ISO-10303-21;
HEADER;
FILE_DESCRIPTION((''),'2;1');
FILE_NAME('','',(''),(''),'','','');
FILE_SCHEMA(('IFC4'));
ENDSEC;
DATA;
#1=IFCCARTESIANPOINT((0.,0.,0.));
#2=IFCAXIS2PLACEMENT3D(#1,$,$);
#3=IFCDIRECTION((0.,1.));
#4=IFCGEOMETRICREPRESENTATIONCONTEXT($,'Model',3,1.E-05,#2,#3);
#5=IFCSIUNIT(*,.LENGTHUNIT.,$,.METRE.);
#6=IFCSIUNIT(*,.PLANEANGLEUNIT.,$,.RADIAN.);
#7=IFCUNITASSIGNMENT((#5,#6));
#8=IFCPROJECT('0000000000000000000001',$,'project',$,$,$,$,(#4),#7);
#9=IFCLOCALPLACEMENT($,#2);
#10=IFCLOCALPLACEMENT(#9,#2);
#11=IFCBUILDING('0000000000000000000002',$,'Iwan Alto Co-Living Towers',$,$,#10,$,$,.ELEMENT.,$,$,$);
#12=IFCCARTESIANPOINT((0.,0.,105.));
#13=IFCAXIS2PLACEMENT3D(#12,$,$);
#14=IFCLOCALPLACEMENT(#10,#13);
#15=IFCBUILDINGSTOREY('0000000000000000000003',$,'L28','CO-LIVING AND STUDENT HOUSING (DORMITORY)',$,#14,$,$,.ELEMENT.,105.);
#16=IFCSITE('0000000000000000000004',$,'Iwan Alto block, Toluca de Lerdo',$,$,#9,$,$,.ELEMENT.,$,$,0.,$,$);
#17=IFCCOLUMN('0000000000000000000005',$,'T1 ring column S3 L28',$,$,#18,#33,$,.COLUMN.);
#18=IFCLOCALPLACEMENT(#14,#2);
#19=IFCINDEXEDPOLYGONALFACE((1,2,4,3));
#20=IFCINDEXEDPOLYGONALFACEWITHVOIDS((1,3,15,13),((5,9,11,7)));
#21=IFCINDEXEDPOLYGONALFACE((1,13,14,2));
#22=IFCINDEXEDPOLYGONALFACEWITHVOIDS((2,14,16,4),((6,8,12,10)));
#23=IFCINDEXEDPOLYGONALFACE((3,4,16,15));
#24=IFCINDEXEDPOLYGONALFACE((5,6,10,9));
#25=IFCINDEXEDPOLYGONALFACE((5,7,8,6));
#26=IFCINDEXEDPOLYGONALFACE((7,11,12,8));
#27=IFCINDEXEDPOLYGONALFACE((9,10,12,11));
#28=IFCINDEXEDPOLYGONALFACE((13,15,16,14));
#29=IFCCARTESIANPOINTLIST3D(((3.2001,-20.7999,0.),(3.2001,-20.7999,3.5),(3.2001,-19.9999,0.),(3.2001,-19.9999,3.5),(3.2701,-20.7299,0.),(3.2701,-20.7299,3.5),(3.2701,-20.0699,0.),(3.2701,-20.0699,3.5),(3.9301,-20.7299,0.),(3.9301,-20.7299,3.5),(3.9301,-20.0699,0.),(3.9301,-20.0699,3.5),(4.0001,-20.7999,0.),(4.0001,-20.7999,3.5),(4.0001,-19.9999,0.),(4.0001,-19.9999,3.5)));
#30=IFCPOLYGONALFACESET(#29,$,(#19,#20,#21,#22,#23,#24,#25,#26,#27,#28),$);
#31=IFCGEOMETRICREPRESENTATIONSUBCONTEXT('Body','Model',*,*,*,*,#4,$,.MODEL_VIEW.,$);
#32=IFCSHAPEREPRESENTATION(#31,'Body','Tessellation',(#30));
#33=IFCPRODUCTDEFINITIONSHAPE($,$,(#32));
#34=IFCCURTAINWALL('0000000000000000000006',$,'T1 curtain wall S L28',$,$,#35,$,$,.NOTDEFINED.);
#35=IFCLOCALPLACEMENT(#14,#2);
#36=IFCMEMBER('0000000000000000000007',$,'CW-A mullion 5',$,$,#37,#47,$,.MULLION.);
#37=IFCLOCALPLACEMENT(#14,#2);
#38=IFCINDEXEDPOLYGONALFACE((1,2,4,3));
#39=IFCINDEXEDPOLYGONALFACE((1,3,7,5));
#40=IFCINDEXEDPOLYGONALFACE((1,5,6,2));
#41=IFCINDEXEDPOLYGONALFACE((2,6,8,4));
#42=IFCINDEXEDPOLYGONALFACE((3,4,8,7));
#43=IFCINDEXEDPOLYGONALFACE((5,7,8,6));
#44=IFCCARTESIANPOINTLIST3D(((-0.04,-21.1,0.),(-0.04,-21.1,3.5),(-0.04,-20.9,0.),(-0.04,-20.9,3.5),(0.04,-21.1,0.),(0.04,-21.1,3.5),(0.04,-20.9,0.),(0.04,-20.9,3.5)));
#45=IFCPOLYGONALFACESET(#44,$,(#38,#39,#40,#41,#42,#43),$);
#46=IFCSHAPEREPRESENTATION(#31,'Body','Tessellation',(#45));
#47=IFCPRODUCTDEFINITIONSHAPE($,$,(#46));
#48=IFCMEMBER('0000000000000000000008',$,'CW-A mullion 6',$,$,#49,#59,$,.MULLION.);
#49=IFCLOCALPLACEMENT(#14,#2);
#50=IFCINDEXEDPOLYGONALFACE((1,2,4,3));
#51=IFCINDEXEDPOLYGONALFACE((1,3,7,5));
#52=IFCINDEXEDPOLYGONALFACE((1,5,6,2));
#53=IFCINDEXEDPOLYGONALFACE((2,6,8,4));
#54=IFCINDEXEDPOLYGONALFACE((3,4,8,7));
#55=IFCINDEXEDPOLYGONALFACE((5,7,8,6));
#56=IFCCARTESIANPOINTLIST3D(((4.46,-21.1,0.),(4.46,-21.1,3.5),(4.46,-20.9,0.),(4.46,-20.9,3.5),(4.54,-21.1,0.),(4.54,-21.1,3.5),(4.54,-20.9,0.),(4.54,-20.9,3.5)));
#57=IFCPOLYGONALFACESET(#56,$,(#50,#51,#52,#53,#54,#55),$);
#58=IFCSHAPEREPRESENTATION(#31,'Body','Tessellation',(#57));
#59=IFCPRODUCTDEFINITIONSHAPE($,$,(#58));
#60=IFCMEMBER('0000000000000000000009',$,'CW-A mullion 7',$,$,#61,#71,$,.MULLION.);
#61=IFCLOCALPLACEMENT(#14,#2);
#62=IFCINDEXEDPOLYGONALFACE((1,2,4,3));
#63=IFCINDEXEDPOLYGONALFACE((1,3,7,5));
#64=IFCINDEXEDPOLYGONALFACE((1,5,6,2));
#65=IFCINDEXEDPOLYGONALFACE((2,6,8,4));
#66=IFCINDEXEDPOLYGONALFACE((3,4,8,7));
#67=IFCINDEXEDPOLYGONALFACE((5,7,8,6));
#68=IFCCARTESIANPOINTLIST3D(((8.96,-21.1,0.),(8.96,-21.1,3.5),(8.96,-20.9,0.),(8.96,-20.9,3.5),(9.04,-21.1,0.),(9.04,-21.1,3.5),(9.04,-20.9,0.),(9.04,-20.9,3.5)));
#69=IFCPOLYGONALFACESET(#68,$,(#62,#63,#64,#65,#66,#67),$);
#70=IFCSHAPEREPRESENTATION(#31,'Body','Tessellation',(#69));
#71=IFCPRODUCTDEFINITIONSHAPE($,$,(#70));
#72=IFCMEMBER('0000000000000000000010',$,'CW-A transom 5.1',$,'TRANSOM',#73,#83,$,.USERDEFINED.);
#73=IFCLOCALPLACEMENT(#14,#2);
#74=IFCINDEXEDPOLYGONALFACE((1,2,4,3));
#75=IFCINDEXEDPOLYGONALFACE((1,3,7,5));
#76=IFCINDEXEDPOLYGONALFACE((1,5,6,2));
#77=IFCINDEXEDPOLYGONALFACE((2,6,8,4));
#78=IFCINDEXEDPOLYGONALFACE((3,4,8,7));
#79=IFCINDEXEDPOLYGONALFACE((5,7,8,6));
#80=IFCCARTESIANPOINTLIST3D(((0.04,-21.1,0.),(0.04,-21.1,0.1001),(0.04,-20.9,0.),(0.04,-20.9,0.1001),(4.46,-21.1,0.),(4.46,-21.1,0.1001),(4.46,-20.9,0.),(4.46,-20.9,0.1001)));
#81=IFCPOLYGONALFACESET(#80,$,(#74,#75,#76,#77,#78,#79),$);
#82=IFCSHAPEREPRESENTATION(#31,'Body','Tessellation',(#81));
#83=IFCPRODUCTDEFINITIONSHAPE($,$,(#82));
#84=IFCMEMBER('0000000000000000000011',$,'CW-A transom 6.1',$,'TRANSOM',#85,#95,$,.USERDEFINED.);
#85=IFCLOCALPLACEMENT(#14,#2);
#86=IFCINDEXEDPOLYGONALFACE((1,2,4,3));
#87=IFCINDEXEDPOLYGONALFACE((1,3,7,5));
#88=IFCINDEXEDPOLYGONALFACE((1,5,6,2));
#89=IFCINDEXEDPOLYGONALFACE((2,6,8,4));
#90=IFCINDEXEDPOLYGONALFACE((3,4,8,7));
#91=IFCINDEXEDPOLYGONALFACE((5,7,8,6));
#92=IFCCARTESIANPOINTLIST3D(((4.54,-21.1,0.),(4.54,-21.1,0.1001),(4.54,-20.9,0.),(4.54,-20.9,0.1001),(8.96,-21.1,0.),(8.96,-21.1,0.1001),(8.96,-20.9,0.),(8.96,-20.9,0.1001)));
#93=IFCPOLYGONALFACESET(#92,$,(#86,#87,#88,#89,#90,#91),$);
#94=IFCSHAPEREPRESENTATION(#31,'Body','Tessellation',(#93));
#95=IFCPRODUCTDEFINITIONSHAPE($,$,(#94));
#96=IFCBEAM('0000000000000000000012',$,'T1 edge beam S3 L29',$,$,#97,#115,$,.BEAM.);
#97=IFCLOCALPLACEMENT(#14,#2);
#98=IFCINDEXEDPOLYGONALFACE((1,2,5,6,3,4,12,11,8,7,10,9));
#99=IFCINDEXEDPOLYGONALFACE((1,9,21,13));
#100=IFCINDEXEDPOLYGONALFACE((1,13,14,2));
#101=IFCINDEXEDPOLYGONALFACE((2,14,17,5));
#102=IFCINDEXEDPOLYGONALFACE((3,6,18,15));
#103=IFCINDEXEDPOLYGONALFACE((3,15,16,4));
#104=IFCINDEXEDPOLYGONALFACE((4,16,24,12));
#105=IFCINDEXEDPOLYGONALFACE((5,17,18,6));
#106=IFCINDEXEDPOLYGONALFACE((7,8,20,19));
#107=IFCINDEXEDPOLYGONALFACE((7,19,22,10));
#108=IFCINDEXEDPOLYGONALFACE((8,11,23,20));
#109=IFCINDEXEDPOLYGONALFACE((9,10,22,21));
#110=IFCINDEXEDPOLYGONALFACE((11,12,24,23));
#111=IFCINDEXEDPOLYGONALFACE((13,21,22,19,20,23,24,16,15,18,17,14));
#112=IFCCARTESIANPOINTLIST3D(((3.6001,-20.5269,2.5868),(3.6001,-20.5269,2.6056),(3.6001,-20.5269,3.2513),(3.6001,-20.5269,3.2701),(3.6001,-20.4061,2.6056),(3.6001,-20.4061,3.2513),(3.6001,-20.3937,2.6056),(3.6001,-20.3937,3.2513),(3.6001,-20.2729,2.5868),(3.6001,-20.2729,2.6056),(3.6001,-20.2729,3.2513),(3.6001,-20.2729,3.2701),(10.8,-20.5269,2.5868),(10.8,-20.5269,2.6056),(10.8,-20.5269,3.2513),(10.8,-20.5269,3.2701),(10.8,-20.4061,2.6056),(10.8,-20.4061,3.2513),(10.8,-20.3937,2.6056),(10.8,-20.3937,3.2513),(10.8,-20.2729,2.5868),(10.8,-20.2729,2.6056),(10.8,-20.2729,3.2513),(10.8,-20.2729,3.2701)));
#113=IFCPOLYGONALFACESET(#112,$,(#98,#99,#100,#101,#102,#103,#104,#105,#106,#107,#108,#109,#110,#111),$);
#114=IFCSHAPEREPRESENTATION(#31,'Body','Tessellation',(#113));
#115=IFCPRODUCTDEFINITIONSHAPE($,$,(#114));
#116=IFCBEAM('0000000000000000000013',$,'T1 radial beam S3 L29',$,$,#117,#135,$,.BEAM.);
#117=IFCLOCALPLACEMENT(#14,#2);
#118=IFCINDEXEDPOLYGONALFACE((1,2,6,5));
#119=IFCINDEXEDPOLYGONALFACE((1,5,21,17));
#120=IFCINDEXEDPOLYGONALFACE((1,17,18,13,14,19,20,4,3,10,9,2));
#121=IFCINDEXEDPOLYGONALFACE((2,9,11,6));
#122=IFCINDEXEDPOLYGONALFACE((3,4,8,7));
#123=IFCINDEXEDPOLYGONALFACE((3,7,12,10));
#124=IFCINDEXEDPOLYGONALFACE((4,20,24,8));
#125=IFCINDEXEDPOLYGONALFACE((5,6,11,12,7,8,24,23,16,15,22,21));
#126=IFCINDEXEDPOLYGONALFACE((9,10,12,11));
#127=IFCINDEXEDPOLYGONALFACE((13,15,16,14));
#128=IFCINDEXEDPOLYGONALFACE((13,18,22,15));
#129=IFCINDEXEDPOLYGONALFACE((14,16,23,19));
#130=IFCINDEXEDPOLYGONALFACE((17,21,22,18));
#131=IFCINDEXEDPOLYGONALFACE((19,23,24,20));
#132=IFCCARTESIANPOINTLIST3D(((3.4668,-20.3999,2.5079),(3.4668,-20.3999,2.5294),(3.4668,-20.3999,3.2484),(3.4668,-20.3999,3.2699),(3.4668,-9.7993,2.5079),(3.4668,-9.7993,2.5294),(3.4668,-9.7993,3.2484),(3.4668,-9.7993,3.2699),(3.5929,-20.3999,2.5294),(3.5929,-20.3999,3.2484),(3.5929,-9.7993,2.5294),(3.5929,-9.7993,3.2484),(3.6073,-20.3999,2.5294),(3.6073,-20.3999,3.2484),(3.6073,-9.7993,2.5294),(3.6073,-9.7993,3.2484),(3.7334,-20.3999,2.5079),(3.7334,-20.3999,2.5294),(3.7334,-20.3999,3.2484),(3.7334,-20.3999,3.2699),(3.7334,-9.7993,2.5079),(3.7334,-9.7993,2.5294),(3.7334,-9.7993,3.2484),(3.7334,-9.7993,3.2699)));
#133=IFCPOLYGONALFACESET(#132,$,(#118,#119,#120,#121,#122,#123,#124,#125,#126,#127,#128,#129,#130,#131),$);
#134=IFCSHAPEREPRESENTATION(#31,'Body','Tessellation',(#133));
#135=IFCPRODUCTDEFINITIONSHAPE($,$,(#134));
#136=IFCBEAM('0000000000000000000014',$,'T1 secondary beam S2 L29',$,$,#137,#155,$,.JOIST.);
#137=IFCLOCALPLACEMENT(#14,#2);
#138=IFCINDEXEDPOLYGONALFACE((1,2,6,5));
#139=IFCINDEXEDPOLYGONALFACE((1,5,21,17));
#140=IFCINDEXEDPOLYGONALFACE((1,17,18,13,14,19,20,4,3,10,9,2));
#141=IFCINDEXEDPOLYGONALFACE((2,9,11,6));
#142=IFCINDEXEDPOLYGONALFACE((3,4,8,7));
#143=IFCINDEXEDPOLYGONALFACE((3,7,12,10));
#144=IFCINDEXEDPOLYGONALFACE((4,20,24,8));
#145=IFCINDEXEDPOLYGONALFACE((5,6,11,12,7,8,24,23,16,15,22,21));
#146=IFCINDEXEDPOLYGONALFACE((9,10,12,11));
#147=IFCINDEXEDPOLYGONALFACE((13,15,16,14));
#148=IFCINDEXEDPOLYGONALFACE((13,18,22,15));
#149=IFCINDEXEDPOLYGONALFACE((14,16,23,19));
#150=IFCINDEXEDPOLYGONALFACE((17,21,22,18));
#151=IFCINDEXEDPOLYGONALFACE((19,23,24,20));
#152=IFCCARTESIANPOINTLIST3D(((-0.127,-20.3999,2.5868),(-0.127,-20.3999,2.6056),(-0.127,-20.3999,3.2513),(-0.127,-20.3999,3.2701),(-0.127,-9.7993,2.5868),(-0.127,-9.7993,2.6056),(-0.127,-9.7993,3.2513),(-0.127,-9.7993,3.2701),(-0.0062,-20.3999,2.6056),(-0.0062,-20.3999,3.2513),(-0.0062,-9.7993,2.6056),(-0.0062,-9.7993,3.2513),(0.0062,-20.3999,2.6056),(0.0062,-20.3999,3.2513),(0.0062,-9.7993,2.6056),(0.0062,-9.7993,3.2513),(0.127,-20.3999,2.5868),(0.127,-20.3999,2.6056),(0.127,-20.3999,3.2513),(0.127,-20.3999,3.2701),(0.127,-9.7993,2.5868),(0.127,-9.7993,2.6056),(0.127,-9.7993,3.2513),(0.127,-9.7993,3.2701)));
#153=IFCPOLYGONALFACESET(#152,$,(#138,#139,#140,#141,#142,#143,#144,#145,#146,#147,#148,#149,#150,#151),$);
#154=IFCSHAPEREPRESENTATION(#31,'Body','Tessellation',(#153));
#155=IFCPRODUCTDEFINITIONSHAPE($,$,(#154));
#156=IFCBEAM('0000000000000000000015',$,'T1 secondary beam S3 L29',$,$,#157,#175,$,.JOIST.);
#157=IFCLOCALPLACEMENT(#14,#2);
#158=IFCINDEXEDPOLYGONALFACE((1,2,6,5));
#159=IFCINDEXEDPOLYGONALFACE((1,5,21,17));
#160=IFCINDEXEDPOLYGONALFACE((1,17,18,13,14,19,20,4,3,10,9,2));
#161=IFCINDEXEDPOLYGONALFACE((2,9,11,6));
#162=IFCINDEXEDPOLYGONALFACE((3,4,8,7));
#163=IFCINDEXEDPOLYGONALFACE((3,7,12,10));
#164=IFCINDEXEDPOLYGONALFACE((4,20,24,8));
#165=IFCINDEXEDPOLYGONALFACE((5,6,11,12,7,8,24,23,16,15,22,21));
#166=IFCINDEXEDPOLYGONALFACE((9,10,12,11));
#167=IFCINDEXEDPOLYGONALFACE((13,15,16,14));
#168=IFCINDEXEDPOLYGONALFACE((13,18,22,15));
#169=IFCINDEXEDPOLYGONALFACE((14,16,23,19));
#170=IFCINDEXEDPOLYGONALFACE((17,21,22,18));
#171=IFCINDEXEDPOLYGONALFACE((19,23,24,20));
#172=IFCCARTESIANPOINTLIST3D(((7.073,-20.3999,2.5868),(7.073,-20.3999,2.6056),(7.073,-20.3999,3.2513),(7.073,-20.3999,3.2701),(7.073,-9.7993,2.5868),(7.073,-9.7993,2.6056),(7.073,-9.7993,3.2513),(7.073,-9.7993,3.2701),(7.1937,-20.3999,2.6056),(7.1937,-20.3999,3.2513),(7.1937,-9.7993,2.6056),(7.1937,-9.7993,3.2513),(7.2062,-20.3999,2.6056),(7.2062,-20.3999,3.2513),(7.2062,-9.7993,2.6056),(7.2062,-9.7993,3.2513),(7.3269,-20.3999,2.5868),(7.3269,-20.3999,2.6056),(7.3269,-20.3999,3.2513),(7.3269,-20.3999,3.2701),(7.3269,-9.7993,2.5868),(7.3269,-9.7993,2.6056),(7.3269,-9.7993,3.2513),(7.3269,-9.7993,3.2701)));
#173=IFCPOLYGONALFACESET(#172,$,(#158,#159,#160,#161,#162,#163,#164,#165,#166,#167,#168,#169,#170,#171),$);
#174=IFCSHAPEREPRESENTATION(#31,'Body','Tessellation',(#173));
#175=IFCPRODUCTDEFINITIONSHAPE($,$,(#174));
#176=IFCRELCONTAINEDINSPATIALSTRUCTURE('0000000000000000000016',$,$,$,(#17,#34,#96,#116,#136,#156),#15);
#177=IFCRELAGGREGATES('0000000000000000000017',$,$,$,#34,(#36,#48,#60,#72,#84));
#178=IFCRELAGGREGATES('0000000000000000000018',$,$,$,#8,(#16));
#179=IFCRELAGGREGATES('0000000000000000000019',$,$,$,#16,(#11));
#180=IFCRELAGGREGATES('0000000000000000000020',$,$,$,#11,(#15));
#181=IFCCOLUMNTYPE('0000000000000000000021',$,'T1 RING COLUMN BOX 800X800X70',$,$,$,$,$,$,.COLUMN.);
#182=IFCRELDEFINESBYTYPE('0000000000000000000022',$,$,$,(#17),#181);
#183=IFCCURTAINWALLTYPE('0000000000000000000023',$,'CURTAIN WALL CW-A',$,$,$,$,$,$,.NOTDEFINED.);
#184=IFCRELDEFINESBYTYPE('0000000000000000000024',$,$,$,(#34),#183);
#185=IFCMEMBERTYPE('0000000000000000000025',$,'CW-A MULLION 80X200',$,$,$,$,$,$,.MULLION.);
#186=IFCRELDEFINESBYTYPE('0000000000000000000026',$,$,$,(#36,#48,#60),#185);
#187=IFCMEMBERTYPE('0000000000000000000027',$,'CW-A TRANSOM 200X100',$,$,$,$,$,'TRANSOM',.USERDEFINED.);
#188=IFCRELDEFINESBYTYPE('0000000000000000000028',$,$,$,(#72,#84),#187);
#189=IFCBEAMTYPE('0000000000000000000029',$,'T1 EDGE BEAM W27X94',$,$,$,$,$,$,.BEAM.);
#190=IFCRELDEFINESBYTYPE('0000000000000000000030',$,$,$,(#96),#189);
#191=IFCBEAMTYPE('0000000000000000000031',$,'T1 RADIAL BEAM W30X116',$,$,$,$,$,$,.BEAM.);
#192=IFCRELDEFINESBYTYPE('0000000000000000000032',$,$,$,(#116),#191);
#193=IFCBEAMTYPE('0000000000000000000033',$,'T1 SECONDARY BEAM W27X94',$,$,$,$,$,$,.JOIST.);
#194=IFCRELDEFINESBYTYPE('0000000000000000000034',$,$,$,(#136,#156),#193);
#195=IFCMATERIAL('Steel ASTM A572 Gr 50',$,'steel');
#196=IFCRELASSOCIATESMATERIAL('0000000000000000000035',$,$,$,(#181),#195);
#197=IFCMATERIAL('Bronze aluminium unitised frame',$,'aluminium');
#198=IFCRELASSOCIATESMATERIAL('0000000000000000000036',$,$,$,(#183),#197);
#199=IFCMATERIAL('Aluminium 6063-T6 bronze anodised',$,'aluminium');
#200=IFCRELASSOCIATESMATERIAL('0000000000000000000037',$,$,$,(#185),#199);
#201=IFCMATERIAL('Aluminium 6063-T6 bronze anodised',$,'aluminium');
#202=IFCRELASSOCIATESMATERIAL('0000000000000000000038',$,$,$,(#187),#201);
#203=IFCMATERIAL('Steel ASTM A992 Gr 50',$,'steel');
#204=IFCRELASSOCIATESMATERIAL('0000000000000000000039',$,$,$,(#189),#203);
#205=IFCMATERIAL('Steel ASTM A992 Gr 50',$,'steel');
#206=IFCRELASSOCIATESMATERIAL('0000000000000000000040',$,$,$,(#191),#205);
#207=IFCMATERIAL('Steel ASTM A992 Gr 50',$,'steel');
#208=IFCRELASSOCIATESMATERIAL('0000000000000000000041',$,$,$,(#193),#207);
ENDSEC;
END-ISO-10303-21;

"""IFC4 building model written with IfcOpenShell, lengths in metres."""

from ifc_helpers import new_model, si_unit, direction, frame, origin, origin_2d, place, context, subcontext, project, spatial, rectangle, hollow_rectangle, i_section, extrude, material, material_profile, profile_set, type_object, element, aggregate, save


model = new_model("IFC4")

# Units and contexts
model_context = context("Model", 3, precision=1e-05, world=origin(), true_north=direction((0.0, 1.0)))
body_context = subcontext(model_context, "Body", "Model", "MODEL_VIEW")
ifc_project = project(units=[si_unit("LENGTHUNIT", "METRE"), si_unit("PLANEANGLEUNIT", "RADIAN")], contexts=[model_context])

# Site, building, storey
site_placement = place(None, origin())
site = spatial("IfcSite", under=ifc_project, at=site_placement, Name="Iwan Alto block, Toluca de Lerdo", CompositionType="ELEMENT", RefElevation=0.0)
building_placement = place(site_placement, origin())
building = spatial("IfcBuilding", under=site, at=building_placement, Name="Iwan Alto Co-Living Towers", CompositionType="ELEMENT")
storey_placement = place(building_placement, frame((0.0, 0.0, 105.0)))
storey = spatial("IfcBuildingStorey", under=building, at=storey_placement, Name="L28", Description="CO-LIVING AND STUDENT HOUSING (DORMITORY)", CompositionType="ELEMENT", Elevation=105.0)

# Column
ifc_material_1 = material(Name="Steel ASTM A572 Gr 50", Category="steel")
ifc_material_profile_1 = material_profile(ifc_material_1, hollow_rectangle(XDim=0.8, YDim=0.8, WallThickness=0.0701, at=origin_2d()), Name="BOX 800X800X70")
ifc_profile_set_1 = profile_set([ifc_material_profile_1], Name="Steel ASTM A572 Gr 50")
column_type = type_object("IfcColumnType", Name="T1 RING COLUMN BOX 800X800X70", PredefinedType="COLUMN", material=ifc_profile_set_1)
column_placement = place(storey_placement, frame((3.6001, -20.3999, 0.0), z_axis=(0.0, 0.0, 1.0), x_axis=(1.0, 0.0, 0.0)))
element("IfcColumn", 1, at=column_placement, inside=storey, type_object=column_type, Name="T1 ring column S3 L28", PredefinedType="COLUMN", context=body_context, shape_type="SweptSolid", body=[
    extrude(hollow_rectangle(XDim=0.8, YDim=0.8, WallThickness=0.0701, at=origin_2d()), origin(), (0.0, 0.0, 1.0), 3.5),
])

# Curtain wall, members
ifc_material_2 = material(Name="Bronze aluminium unitised frame", Category="aluminium")
curtain_wall_type = type_object("IfcCurtainWallType", Name="CURTAIN WALL CW-A", PredefinedType="NOTDEFINED", material=ifc_material_2)
curtain_wall_placement = place(storey_placement, origin())
curtain_wall = element("IfcCurtainWall", 2, at=curtain_wall_placement, inside=storey, type_object=curtain_wall_type, Name="T1 curtain wall S L28", PredefinedType="NOTDEFINED")
ifc_material_3 = material(Name="Aluminium 6063-T6 bronze anodised", Category="aluminium")
ifc_material_profile_2 = material_profile(ifc_material_3, rectangle(XDim=0.2, YDim=0.0801, at=origin_2d()), Name="AL 80X200")
ifc_profile_set_2 = profile_set([ifc_material_profile_2], Name="Aluminium 6063-T6 bronze anodised")
member_type_1 = type_object("IfcMemberType", Name="CW-A MULLION 80X200", PredefinedType="MULLION", material=ifc_profile_set_2)
member_1_placement = place(storey_placement, frame((0.0, -21.0, 0.0), z_axis=(0.0, 0.0, 1.0), x_axis=(0.0, 1.0, 0.0)))
member_1 = element("IfcMember", 3, at=member_1_placement, type_object=member_type_1, Name="CW-A mullion 5", PredefinedType="MULLION", context=body_context, shape_type="SweptSolid", body=[
    extrude(rectangle(XDim=0.2, YDim=0.0801, at=origin_2d()), origin(), (0.0, 0.0, 1.0), 3.5),
])
member_2_placement = place(storey_placement, frame((4.5, -21.0, 0.0), z_axis=(0.0, 0.0, 1.0), x_axis=(0.0, 1.0, 0.0)))
member_2 = element("IfcMember", 4, at=member_2_placement, type_object=member_type_1, Name="CW-A mullion 6", PredefinedType="MULLION", context=body_context, shape_type="SweptSolid", body=[
    extrude(rectangle(XDim=0.2, YDim=0.0801, at=origin_2d()), origin(), (0.0, 0.0, 1.0), 3.5),
])
member_3_placement = place(storey_placement, frame((9.0, -21.0, 0.0), z_axis=(0.0, 0.0, 1.0), x_axis=(0.0, 1.0, 0.0)))
member_3 = element("IfcMember", 5, at=member_3_placement, type_object=member_type_1, Name="CW-A mullion 7", PredefinedType="MULLION", context=body_context, shape_type="SweptSolid", body=[
    extrude(rectangle(XDim=0.2, YDim=0.0801, at=origin_2d()), origin(), (0.0, 0.0, 1.0), 3.5),
])
ifc_material_4 = material(Name="Aluminium 6063-T6 bronze anodised", Category="aluminium")
ifc_material_profile_3 = material_profile(ifc_material_4, rectangle(XDim=0.2, YDim=0.1001, at=origin_2d()), Name="AL 200X100")
ifc_profile_set_3 = profile_set([ifc_material_profile_3], Name="Aluminium 6063-T6 bronze anodised")
member_type_2 = type_object("IfcMemberType", Name="CW-A TRANSOM 200X100", ElementType="TRANSOM", PredefinedType="USERDEFINED", material=ifc_profile_set_3)
member_4_placement = place(storey_placement, frame((0.04, -21.0, 0.05), z_axis=(1.0, 0.0, 0.0), x_axis=(0.0, 1.0, 0.0)))
member_4 = element("IfcMember", 6, at=member_4_placement, type_object=member_type_2, Name="CW-A transom 5.1", ObjectType="TRANSOM", PredefinedType="USERDEFINED", context=body_context, shape_type="SweptSolid", body=[
    extrude(rectangle(XDim=0.2, YDim=0.1001, at=origin_2d()), origin(), (0.0, 0.0, 1.0), 4.4199),
])
member_5_placement = place(storey_placement, frame((4.54, -21.0, 0.05), z_axis=(1.0, 0.0, 0.0), x_axis=(0.0, 1.0, 0.0)))
member_5 = element("IfcMember", 7, at=member_5_placement, type_object=member_type_2, Name="CW-A transom 6.1", ObjectType="TRANSOM", PredefinedType="USERDEFINED", context=body_context, shape_type="SweptSolid", body=[
    extrude(rectangle(XDim=0.2, YDim=0.1001, at=origin_2d()), origin(), (0.0, 0.0, 1.0), 4.4199),
])

# Beams
ifc_material_5 = material(Name="Steel ASTM A992 Gr 50", Category="steel")
ifc_material_profile_4 = material_profile(ifc_material_5, i_section(OverallWidth=0.2539, OverallDepth=0.6833, WebThickness=0.0125, FlangeThickness=0.0188, at=origin_2d()), Name="W27X94")
ifc_profile_set_4 = profile_set([ifc_material_profile_4], Name="Steel ASTM A992 Gr 50")
beam_type_1 = type_object("IfcBeamType", Name="T1 EDGE BEAM W27X94", PredefinedType="BEAM", material=ifc_profile_set_4)
beam_1_placement = place(storey_placement, frame((3.6001, -20.3999, 2.9285), z_axis=(1.0, 0.0, 0.0), x_axis=(0.0, 1.0, 0.0)))
element("IfcBeam", 8, at=beam_1_placement, inside=storey, type_object=beam_type_1, Name="T1 edge beam S3 L29", PredefinedType="BEAM", context=body_context, shape_type="SweptSolid", body=[
    extrude(i_section(OverallWidth=0.2539, OverallDepth=0.6833, WebThickness=0.0125, FlangeThickness=0.0188, at=origin_2d()), origin(), (0.0, 0.0, 1.0), 7.2),
])
ifc_material_6 = material(Name="Steel ASTM A992 Gr 50", Category="steel")
ifc_material_profile_5 = material_profile(ifc_material_6, i_section(OverallWidth=0.2666, OverallDepth=0.762, WebThickness=0.0144, FlangeThickness=0.0215, at=origin_2d()), Name="W30X116")
ifc_profile_set_5 = profile_set([ifc_material_profile_5], Name="Steel ASTM A992 Gr 50")
beam_type_2 = type_object("IfcBeamType", Name="T1 RADIAL BEAM W30X116", PredefinedType="BEAM", material=ifc_profile_set_5)
beam_2_placement = place(storey_placement, frame((3.6001, -20.3999, 2.8889), z_axis=(0.0, 1.0, 0.0), x_axis=(-1.0, 0.0, 0.0)))
element("IfcBeam", 9, at=beam_2_placement, inside=storey, type_object=beam_type_2, Name="T1 radial beam S3 L29", PredefinedType="BEAM", context=body_context, shape_type="SweptSolid", body=[
    extrude(i_section(OverallWidth=0.2666, OverallDepth=0.762, WebThickness=0.0144, FlangeThickness=0.0215, at=origin_2d()), origin(), (0.0, 0.0, 1.0), 10.6006),
])
ifc_material_7 = material(Name="Steel ASTM A992 Gr 50", Category="steel")
ifc_material_profile_6 = material_profile(ifc_material_7, i_section(OverallWidth=0.2539, OverallDepth=0.6833, WebThickness=0.0125, FlangeThickness=0.0188, at=origin_2d()), Name="W27X94")
ifc_profile_set_6 = profile_set([ifc_material_profile_6], Name="Steel ASTM A992 Gr 50")
beam_type_3 = type_object("IfcBeamType", Name="T1 SECONDARY BEAM W27X94", PredefinedType="JOIST", material=ifc_profile_set_6)
for number, where, z_axis, x_axis, name in (
    (10, (0.0, -20.3999, 2.9285), (0.0, 1.0, 0.0), (-1.0, 0.0, 0.0), "T1 secondary beam S2 L29"),
    (11, (7.2, -20.3999, 2.9285), (0.0, 1.0, 0.0), (-1.0, 0.0, 0.0), "T1 secondary beam S3 L29"),
):
    element("IfcBeam", number, at=place(storey_placement, frame(where, z_axis=z_axis, x_axis=x_axis)), inside=storey, type_object=beam_type_3, Name=name, PredefinedType="JOIST", context=body_context, shape_type="SweptSolid", body=[
        extrude(i_section(OverallWidth=0.2539, OverallDepth=0.6833, WebThickness=0.0125, FlangeThickness=0.0188, at=origin_2d()), origin(), (0.0, 0.0, 1.0), 10.6006),
    ])

aggregate(curtain_wall, [member_1, member_2, member_3, member_4, member_5])

save(model, "model.ifc")
